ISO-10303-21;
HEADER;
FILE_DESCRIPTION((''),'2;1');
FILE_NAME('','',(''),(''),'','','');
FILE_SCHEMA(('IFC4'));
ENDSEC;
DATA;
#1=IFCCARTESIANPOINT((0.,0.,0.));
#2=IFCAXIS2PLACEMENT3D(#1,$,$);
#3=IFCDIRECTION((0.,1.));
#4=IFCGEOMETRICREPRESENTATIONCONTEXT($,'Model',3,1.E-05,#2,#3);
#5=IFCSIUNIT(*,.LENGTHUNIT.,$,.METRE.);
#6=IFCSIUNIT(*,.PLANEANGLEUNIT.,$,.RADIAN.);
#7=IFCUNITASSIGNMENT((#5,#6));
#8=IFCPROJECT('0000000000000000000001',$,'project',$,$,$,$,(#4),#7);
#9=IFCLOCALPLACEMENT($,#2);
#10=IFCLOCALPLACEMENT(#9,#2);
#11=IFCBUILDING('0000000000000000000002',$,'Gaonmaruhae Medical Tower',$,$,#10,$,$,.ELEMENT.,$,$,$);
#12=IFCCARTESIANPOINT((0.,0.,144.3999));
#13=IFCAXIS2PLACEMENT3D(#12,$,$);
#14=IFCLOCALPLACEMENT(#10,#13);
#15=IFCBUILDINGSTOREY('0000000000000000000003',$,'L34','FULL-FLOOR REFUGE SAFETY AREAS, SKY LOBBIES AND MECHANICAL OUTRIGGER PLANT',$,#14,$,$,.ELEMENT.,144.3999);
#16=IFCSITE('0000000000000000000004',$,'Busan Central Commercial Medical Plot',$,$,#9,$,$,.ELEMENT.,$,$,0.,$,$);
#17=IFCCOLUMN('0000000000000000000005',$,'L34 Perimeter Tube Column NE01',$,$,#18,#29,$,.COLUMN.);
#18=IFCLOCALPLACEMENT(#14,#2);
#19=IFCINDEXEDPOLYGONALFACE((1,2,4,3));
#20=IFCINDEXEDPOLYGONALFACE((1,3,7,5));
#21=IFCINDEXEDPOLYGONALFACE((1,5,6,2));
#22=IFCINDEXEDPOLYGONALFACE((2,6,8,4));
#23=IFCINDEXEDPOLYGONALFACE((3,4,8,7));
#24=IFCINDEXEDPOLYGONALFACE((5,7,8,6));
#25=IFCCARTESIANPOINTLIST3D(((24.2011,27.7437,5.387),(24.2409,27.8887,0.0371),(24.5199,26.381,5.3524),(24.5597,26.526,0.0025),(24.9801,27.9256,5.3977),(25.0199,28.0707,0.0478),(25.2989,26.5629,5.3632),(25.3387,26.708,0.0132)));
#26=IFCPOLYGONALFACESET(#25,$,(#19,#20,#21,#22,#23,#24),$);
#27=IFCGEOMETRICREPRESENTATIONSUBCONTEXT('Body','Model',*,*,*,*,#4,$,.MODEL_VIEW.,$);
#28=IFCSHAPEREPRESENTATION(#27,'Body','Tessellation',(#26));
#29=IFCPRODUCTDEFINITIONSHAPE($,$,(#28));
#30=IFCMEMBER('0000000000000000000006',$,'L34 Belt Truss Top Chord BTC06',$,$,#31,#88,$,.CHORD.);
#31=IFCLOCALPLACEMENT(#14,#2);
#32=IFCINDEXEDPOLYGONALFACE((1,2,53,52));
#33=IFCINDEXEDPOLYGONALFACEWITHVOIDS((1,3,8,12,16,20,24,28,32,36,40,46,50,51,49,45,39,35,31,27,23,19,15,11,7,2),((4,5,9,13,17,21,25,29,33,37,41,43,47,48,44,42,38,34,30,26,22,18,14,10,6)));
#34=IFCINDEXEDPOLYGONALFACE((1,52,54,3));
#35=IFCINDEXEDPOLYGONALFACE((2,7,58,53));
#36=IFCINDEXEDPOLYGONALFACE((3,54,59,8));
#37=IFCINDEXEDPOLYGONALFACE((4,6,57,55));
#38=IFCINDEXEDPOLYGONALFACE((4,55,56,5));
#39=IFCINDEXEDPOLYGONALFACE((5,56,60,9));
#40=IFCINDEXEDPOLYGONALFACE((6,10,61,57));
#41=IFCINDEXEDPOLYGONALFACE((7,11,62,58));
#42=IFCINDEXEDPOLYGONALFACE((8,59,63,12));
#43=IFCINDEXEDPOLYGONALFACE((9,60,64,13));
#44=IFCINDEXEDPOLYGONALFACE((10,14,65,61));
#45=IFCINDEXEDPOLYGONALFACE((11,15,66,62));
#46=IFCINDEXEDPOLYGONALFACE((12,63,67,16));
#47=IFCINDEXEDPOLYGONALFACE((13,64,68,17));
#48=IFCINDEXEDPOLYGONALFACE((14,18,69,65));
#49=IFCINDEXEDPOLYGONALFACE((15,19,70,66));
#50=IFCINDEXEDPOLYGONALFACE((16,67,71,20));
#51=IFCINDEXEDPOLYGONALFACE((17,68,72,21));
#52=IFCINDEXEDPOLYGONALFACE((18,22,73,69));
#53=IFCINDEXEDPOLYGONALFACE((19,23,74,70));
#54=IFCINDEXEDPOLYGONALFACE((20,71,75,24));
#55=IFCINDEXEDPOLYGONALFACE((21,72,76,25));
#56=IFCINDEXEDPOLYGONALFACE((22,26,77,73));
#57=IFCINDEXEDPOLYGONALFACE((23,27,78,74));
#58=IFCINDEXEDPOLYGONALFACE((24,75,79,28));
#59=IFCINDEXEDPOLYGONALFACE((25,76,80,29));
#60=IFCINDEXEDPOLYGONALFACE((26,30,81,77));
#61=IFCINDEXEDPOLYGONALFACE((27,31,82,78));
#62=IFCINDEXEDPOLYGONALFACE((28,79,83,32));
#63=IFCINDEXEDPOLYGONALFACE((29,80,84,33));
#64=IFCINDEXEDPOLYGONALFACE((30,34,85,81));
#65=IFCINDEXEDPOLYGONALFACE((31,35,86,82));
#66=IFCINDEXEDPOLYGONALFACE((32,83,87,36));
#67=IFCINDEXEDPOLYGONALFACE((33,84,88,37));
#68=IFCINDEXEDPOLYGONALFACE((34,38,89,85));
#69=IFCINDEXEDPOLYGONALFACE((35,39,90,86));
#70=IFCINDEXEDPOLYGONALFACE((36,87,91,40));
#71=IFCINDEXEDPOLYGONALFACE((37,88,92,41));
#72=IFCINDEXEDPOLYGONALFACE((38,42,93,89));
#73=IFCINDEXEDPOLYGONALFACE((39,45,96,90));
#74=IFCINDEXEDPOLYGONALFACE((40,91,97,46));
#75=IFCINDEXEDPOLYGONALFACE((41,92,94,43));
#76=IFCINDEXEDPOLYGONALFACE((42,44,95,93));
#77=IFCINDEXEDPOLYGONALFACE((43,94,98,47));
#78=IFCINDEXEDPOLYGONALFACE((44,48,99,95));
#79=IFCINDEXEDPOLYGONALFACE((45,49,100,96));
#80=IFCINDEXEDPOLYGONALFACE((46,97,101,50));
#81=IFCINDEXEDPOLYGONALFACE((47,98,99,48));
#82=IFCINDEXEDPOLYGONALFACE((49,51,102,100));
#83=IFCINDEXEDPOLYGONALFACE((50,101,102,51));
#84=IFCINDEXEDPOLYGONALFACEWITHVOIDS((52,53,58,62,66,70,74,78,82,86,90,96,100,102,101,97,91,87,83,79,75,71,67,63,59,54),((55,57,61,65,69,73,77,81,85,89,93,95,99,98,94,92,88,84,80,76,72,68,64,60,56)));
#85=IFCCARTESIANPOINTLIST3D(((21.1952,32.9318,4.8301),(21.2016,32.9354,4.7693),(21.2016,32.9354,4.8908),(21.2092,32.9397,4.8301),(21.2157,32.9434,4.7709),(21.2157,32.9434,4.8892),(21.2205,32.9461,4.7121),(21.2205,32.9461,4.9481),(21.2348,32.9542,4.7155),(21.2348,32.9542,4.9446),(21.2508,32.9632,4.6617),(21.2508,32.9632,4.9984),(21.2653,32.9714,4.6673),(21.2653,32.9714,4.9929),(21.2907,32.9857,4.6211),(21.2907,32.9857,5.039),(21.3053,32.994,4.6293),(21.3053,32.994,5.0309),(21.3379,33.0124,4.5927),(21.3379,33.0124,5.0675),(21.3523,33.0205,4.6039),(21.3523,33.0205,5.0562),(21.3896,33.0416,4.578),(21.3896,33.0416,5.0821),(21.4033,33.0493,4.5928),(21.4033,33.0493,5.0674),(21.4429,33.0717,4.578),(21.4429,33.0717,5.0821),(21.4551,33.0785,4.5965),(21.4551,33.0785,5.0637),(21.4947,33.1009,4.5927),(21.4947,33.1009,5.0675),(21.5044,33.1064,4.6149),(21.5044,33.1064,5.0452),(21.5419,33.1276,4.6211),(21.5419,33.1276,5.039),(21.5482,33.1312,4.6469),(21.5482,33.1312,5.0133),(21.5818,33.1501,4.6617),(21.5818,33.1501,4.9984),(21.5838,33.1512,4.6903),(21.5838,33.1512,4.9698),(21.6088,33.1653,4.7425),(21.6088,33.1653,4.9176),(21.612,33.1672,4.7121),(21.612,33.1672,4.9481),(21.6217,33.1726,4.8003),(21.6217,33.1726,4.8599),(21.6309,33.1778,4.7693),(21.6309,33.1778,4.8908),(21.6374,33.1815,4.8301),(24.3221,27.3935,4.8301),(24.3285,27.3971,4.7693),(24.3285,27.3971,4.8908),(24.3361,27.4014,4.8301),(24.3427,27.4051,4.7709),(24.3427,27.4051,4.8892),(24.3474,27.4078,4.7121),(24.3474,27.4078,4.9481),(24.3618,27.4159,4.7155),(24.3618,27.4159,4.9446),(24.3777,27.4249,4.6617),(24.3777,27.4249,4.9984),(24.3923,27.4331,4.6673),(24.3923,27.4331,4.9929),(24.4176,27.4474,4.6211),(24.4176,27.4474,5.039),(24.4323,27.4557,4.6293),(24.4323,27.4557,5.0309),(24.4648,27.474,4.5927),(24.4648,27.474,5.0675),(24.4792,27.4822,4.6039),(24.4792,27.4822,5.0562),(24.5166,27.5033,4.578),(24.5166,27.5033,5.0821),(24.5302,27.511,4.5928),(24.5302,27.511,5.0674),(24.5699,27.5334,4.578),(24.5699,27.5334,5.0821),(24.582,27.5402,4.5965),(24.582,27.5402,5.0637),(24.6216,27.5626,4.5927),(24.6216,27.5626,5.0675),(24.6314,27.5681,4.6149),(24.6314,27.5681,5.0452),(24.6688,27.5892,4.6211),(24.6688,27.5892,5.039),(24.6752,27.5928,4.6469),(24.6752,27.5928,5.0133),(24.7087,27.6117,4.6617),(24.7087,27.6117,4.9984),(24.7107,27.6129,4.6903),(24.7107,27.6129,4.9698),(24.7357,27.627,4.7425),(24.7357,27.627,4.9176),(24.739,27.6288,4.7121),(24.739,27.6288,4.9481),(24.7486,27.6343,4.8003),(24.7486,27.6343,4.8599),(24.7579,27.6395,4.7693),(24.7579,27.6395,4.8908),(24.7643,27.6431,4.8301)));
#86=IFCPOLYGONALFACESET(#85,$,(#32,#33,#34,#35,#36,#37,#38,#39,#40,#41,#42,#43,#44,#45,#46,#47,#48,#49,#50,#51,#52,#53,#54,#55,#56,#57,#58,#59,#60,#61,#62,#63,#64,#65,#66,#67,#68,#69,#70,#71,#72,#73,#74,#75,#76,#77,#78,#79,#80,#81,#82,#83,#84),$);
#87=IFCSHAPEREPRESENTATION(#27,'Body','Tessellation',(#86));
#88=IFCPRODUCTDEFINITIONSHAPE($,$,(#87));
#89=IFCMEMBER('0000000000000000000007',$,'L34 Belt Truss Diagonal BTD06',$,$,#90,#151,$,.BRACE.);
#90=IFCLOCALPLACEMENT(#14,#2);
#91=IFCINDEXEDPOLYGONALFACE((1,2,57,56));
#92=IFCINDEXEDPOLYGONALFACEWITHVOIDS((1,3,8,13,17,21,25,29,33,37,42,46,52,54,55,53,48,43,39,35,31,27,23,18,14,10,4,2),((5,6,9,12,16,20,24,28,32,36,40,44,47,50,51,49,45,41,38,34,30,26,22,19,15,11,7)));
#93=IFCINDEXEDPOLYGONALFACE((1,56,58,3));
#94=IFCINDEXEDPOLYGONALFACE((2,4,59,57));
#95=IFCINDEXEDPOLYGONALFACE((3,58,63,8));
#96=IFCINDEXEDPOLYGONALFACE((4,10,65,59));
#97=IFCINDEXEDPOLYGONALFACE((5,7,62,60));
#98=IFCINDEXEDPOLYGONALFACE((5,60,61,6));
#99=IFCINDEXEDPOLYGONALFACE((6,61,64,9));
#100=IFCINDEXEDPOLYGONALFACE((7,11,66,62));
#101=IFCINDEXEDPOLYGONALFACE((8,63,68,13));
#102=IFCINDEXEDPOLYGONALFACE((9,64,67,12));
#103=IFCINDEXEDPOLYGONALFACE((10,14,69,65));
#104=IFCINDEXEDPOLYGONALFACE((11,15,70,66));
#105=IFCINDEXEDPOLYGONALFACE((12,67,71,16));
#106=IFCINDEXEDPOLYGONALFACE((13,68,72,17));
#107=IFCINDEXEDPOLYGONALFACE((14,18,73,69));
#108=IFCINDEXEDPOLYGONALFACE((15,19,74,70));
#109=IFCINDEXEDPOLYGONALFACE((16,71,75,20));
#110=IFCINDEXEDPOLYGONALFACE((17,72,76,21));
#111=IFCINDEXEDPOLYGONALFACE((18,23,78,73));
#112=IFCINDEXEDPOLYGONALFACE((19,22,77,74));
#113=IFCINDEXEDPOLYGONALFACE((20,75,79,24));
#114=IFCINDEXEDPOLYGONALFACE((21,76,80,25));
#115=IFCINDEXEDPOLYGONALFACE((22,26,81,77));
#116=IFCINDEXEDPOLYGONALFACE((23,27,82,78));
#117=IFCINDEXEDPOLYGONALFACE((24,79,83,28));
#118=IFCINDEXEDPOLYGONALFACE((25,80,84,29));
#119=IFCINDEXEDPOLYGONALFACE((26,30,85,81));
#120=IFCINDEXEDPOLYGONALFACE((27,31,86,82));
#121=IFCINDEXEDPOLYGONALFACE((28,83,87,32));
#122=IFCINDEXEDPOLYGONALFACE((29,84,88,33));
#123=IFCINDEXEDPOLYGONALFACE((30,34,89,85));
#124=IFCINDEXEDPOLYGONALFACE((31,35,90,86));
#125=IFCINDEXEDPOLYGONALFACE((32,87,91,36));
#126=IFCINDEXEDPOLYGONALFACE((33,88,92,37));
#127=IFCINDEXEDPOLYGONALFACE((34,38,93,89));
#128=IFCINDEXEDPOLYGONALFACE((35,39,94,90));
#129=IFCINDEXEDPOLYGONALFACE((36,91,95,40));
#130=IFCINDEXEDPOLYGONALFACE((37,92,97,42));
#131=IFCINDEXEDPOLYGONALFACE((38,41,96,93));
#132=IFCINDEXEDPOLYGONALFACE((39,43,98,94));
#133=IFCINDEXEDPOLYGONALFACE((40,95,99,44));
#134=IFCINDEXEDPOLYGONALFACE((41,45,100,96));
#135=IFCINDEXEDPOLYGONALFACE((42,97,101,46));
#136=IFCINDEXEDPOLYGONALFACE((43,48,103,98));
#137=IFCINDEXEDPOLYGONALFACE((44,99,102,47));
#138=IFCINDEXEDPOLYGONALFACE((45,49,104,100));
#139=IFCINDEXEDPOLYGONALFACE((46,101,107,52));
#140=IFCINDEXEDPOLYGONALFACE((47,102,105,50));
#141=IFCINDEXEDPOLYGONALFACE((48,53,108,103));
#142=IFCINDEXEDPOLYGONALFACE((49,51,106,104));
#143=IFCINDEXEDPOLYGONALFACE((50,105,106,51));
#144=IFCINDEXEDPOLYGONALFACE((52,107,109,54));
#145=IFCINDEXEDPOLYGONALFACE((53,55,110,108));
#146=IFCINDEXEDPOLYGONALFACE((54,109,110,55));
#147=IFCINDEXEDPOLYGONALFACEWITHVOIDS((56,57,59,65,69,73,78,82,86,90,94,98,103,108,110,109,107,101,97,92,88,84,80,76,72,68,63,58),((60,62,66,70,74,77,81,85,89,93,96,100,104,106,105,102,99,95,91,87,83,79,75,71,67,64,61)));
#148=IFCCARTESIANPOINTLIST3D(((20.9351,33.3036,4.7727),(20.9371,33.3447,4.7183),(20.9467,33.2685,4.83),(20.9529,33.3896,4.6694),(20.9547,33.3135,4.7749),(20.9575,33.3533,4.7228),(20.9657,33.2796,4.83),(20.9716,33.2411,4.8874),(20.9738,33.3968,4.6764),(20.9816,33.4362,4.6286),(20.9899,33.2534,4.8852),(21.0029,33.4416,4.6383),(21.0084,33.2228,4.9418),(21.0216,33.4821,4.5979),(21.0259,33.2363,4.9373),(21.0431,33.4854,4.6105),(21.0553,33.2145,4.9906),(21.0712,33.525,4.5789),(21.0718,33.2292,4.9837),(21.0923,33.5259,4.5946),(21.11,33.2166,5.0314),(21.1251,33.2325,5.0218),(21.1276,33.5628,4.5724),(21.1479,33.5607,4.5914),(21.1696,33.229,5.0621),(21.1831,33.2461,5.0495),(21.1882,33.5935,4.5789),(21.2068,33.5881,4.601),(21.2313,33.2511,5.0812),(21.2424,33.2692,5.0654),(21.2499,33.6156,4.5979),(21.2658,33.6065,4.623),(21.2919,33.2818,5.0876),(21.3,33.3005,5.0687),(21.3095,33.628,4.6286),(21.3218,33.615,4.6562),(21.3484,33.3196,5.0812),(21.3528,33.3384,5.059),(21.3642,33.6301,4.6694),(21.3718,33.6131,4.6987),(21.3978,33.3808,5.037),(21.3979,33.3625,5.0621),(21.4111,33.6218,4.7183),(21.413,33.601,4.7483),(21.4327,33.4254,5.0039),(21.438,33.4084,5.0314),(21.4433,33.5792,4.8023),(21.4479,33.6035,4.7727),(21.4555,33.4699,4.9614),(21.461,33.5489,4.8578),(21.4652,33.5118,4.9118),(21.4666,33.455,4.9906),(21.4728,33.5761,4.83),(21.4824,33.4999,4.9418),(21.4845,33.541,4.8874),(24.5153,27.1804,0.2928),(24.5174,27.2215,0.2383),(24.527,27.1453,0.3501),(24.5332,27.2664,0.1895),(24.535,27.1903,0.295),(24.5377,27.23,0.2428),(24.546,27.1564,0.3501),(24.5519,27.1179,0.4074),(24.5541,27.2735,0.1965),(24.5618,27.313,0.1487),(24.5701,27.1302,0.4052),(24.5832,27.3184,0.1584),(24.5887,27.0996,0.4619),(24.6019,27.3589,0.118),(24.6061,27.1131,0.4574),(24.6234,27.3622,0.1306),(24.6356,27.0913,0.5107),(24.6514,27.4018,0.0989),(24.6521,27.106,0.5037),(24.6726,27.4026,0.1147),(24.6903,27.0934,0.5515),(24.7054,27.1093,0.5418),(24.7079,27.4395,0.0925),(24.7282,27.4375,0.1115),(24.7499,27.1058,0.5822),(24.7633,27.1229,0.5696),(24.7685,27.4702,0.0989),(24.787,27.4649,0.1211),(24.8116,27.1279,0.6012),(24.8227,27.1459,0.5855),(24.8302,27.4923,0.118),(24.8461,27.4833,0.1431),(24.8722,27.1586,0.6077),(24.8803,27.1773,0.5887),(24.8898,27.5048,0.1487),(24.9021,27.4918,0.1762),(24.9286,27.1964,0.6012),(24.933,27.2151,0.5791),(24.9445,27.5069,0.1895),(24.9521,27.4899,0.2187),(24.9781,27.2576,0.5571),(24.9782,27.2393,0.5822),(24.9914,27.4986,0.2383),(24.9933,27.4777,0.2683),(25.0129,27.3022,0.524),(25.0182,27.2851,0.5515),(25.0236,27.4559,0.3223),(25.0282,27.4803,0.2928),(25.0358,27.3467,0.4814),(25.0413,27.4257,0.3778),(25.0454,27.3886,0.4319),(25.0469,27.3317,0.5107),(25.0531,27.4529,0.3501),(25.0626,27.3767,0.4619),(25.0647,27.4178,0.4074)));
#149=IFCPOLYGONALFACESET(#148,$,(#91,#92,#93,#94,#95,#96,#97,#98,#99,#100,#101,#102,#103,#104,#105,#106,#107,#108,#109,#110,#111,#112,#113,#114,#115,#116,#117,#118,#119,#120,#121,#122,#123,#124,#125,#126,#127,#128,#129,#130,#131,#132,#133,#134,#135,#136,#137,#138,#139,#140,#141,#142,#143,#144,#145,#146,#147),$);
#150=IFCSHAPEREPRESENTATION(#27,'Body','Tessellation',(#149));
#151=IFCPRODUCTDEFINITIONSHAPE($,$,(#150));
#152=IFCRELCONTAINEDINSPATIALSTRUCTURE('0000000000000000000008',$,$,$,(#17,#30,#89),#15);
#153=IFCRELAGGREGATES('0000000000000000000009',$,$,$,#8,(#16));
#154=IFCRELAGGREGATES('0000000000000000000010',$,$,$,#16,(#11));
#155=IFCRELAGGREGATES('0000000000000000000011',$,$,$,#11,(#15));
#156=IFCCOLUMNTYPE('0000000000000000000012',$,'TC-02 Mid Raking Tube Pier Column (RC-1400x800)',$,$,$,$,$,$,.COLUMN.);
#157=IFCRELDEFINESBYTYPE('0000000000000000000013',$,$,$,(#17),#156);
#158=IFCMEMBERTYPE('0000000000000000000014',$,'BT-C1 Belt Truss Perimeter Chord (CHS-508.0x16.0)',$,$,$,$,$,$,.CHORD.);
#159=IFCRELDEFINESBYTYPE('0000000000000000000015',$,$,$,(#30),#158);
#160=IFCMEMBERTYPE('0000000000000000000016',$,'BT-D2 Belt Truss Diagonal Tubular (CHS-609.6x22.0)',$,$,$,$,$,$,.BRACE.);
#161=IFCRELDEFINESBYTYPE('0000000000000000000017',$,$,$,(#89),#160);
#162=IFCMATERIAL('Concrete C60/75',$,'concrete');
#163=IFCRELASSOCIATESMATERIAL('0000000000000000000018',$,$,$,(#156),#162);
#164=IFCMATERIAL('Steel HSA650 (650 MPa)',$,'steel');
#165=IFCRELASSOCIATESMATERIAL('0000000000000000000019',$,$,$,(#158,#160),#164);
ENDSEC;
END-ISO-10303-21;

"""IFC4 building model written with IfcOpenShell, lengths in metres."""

from ifc_helpers import new_model, si_unit, direction, frame, origin, origin_2d, place, context, subcontext, project, spatial, rectangle, hollow_circle, extrude, material, material_profile, profile_set, type_object, element, save


model = new_model("IFC4")

# Units and contexts
model_context = context("Model", 3, precision=1e-05, world=origin(), true_north=direction((0.0, 1.0)))
body_context = subcontext(model_context, "Body", "Model", "MODEL_VIEW")
ifc_project = project(units=[si_unit("LENGTHUNIT", "METRE"), si_unit("PLANEANGLEUNIT", "RADIAN")], contexts=[model_context])

# Site, building, storey
site_placement = place(None, origin())
site = spatial("IfcSite", under=ifc_project, at=site_placement, Name="Busan Central Commercial Medical Plot", CompositionType="ELEMENT", RefElevation=0.0)
building_placement = place(site_placement, origin())
building = spatial("IfcBuilding", under=site, at=building_placement, Name="Gaonmaruhae Medical Tower", CompositionType="ELEMENT")
storey_placement = place(building_placement, frame((0.0, 0.0, 144.3999)))
storey = spatial("IfcBuildingStorey", under=building, at=storey_placement, Name="L34", Description="FULL-FLOOR REFUGE SAFETY AREAS, SKY LOBBIES AND MECHANICAL OUTRIGGER PLANT", CompositionType="ELEMENT", Elevation=144.3999)

# Column
ifc_material_1 = material(Name="Concrete C60/75", Category="concrete")
ifc_material_profile_1 = material_profile(ifc_material_1, rectangle(XDim=1.3999, YDim=0.8, at=origin_2d()), Name="RC-1400x800")
ifc_profile_set_1 = profile_set([ifc_material_profile_1], Name="Concrete C60/75")
column_type = type_object("IfcColumnType", Name="TC-02 Mid Raking Tube Pier Column (RC-1400x800)", PredefinedType="COLUMN", material=ifc_profile_set_1)
column_placement = place(storey_placement, frame((24.7898, 27.2983, 0.0251), z_axis=(-0.007436, -0.027096, 0.999605), x_axis=(-0.22768, 0.973423, 0.024693)))
element("IfcColumn", 1, at=column_placement, inside=storey, type_object=column_type, Name="L34 Perimeter Tube Column NE01", PredefinedType="COLUMN", context=body_context, shape_type="SweptSolid", body=[
    extrude(rectangle(XDim=1.3999, YDim=0.8, at=origin_2d()), origin(), (0.0, 0.0, 1.0), 5.3521),
])

# Members
ifc_material_2 = material(Name="Steel HSA650 (650 MPa)", Category="steel")
ifc_material_profile_2 = material_profile(ifc_material_2, hollow_circle(Radius=0.2539, WallThickness=0.0161, at=origin_2d()), Name="CHS-508.0x16.0")
ifc_profile_set_2 = profile_set([ifc_material_profile_2], Name="Steel HSA650 (650 MPa)")
member_type_1 = type_object("IfcMemberType", Name="BT-C1 Belt Truss Perimeter Chord (CHS-508.0x16.0)", PredefinedType="CHORD", material=ifc_profile_set_2)
member_1_placement = place(storey_placement, frame((24.5432, 27.5183, 4.8301), z_axis=(-0.491651, 0.870792, 0.0), x_axis=(-0.870792, -0.491651, 0.0)))
element("IfcMember", 2, at=member_1_placement, inside=storey, type_object=member_type_1, Name="L34 Belt Truss Top Chord BTC06", PredefinedType="CHORD", context=body_context, shape_type="SweptSolid", body=[
    extrude(hollow_circle(Radius=0.2539, WallThickness=0.0161, at=origin_2d()), origin(), (0.0, 0.0, 1.0), 6.3601),
])
ifc_material_profile_3 = material_profile(ifc_material_2, hollow_circle(Radius=0.3047, WallThickness=0.022, at=origin_2d()), Name="CHS-609.6x22.0")
ifc_profile_set_3 = profile_set([ifc_material_profile_3], Name="Steel HSA650 (650 MPa)")
member_type_2 = type_object("IfcMemberType", Name="BT-D2 Belt Truss Diagonal Tubular (CHS-609.6x22.0)", PredefinedType="BRACE", material=ifc_profile_set_3)
member_2_placement = place(storey_placement, frame((24.79, 27.2991, 0.3501), z_axis=(-0.426763, 0.729876, 0.533999), x_axis=(-0.863263, -0.504755, 0.0)))
element("IfcMember", 3, at=member_2_placement, inside=storey, type_object=member_type_2, Name="L34 Belt Truss Diagonal BTD06", PredefinedType="BRACE", context=body_context, shape_type="SweptSolid", body=[
    extrude(hollow_circle(Radius=0.3047, WallThickness=0.022, at=origin_2d()), origin(), (0.0, 0.0, 1.0), 8.3894),
])

save(model, "model.ifc")
